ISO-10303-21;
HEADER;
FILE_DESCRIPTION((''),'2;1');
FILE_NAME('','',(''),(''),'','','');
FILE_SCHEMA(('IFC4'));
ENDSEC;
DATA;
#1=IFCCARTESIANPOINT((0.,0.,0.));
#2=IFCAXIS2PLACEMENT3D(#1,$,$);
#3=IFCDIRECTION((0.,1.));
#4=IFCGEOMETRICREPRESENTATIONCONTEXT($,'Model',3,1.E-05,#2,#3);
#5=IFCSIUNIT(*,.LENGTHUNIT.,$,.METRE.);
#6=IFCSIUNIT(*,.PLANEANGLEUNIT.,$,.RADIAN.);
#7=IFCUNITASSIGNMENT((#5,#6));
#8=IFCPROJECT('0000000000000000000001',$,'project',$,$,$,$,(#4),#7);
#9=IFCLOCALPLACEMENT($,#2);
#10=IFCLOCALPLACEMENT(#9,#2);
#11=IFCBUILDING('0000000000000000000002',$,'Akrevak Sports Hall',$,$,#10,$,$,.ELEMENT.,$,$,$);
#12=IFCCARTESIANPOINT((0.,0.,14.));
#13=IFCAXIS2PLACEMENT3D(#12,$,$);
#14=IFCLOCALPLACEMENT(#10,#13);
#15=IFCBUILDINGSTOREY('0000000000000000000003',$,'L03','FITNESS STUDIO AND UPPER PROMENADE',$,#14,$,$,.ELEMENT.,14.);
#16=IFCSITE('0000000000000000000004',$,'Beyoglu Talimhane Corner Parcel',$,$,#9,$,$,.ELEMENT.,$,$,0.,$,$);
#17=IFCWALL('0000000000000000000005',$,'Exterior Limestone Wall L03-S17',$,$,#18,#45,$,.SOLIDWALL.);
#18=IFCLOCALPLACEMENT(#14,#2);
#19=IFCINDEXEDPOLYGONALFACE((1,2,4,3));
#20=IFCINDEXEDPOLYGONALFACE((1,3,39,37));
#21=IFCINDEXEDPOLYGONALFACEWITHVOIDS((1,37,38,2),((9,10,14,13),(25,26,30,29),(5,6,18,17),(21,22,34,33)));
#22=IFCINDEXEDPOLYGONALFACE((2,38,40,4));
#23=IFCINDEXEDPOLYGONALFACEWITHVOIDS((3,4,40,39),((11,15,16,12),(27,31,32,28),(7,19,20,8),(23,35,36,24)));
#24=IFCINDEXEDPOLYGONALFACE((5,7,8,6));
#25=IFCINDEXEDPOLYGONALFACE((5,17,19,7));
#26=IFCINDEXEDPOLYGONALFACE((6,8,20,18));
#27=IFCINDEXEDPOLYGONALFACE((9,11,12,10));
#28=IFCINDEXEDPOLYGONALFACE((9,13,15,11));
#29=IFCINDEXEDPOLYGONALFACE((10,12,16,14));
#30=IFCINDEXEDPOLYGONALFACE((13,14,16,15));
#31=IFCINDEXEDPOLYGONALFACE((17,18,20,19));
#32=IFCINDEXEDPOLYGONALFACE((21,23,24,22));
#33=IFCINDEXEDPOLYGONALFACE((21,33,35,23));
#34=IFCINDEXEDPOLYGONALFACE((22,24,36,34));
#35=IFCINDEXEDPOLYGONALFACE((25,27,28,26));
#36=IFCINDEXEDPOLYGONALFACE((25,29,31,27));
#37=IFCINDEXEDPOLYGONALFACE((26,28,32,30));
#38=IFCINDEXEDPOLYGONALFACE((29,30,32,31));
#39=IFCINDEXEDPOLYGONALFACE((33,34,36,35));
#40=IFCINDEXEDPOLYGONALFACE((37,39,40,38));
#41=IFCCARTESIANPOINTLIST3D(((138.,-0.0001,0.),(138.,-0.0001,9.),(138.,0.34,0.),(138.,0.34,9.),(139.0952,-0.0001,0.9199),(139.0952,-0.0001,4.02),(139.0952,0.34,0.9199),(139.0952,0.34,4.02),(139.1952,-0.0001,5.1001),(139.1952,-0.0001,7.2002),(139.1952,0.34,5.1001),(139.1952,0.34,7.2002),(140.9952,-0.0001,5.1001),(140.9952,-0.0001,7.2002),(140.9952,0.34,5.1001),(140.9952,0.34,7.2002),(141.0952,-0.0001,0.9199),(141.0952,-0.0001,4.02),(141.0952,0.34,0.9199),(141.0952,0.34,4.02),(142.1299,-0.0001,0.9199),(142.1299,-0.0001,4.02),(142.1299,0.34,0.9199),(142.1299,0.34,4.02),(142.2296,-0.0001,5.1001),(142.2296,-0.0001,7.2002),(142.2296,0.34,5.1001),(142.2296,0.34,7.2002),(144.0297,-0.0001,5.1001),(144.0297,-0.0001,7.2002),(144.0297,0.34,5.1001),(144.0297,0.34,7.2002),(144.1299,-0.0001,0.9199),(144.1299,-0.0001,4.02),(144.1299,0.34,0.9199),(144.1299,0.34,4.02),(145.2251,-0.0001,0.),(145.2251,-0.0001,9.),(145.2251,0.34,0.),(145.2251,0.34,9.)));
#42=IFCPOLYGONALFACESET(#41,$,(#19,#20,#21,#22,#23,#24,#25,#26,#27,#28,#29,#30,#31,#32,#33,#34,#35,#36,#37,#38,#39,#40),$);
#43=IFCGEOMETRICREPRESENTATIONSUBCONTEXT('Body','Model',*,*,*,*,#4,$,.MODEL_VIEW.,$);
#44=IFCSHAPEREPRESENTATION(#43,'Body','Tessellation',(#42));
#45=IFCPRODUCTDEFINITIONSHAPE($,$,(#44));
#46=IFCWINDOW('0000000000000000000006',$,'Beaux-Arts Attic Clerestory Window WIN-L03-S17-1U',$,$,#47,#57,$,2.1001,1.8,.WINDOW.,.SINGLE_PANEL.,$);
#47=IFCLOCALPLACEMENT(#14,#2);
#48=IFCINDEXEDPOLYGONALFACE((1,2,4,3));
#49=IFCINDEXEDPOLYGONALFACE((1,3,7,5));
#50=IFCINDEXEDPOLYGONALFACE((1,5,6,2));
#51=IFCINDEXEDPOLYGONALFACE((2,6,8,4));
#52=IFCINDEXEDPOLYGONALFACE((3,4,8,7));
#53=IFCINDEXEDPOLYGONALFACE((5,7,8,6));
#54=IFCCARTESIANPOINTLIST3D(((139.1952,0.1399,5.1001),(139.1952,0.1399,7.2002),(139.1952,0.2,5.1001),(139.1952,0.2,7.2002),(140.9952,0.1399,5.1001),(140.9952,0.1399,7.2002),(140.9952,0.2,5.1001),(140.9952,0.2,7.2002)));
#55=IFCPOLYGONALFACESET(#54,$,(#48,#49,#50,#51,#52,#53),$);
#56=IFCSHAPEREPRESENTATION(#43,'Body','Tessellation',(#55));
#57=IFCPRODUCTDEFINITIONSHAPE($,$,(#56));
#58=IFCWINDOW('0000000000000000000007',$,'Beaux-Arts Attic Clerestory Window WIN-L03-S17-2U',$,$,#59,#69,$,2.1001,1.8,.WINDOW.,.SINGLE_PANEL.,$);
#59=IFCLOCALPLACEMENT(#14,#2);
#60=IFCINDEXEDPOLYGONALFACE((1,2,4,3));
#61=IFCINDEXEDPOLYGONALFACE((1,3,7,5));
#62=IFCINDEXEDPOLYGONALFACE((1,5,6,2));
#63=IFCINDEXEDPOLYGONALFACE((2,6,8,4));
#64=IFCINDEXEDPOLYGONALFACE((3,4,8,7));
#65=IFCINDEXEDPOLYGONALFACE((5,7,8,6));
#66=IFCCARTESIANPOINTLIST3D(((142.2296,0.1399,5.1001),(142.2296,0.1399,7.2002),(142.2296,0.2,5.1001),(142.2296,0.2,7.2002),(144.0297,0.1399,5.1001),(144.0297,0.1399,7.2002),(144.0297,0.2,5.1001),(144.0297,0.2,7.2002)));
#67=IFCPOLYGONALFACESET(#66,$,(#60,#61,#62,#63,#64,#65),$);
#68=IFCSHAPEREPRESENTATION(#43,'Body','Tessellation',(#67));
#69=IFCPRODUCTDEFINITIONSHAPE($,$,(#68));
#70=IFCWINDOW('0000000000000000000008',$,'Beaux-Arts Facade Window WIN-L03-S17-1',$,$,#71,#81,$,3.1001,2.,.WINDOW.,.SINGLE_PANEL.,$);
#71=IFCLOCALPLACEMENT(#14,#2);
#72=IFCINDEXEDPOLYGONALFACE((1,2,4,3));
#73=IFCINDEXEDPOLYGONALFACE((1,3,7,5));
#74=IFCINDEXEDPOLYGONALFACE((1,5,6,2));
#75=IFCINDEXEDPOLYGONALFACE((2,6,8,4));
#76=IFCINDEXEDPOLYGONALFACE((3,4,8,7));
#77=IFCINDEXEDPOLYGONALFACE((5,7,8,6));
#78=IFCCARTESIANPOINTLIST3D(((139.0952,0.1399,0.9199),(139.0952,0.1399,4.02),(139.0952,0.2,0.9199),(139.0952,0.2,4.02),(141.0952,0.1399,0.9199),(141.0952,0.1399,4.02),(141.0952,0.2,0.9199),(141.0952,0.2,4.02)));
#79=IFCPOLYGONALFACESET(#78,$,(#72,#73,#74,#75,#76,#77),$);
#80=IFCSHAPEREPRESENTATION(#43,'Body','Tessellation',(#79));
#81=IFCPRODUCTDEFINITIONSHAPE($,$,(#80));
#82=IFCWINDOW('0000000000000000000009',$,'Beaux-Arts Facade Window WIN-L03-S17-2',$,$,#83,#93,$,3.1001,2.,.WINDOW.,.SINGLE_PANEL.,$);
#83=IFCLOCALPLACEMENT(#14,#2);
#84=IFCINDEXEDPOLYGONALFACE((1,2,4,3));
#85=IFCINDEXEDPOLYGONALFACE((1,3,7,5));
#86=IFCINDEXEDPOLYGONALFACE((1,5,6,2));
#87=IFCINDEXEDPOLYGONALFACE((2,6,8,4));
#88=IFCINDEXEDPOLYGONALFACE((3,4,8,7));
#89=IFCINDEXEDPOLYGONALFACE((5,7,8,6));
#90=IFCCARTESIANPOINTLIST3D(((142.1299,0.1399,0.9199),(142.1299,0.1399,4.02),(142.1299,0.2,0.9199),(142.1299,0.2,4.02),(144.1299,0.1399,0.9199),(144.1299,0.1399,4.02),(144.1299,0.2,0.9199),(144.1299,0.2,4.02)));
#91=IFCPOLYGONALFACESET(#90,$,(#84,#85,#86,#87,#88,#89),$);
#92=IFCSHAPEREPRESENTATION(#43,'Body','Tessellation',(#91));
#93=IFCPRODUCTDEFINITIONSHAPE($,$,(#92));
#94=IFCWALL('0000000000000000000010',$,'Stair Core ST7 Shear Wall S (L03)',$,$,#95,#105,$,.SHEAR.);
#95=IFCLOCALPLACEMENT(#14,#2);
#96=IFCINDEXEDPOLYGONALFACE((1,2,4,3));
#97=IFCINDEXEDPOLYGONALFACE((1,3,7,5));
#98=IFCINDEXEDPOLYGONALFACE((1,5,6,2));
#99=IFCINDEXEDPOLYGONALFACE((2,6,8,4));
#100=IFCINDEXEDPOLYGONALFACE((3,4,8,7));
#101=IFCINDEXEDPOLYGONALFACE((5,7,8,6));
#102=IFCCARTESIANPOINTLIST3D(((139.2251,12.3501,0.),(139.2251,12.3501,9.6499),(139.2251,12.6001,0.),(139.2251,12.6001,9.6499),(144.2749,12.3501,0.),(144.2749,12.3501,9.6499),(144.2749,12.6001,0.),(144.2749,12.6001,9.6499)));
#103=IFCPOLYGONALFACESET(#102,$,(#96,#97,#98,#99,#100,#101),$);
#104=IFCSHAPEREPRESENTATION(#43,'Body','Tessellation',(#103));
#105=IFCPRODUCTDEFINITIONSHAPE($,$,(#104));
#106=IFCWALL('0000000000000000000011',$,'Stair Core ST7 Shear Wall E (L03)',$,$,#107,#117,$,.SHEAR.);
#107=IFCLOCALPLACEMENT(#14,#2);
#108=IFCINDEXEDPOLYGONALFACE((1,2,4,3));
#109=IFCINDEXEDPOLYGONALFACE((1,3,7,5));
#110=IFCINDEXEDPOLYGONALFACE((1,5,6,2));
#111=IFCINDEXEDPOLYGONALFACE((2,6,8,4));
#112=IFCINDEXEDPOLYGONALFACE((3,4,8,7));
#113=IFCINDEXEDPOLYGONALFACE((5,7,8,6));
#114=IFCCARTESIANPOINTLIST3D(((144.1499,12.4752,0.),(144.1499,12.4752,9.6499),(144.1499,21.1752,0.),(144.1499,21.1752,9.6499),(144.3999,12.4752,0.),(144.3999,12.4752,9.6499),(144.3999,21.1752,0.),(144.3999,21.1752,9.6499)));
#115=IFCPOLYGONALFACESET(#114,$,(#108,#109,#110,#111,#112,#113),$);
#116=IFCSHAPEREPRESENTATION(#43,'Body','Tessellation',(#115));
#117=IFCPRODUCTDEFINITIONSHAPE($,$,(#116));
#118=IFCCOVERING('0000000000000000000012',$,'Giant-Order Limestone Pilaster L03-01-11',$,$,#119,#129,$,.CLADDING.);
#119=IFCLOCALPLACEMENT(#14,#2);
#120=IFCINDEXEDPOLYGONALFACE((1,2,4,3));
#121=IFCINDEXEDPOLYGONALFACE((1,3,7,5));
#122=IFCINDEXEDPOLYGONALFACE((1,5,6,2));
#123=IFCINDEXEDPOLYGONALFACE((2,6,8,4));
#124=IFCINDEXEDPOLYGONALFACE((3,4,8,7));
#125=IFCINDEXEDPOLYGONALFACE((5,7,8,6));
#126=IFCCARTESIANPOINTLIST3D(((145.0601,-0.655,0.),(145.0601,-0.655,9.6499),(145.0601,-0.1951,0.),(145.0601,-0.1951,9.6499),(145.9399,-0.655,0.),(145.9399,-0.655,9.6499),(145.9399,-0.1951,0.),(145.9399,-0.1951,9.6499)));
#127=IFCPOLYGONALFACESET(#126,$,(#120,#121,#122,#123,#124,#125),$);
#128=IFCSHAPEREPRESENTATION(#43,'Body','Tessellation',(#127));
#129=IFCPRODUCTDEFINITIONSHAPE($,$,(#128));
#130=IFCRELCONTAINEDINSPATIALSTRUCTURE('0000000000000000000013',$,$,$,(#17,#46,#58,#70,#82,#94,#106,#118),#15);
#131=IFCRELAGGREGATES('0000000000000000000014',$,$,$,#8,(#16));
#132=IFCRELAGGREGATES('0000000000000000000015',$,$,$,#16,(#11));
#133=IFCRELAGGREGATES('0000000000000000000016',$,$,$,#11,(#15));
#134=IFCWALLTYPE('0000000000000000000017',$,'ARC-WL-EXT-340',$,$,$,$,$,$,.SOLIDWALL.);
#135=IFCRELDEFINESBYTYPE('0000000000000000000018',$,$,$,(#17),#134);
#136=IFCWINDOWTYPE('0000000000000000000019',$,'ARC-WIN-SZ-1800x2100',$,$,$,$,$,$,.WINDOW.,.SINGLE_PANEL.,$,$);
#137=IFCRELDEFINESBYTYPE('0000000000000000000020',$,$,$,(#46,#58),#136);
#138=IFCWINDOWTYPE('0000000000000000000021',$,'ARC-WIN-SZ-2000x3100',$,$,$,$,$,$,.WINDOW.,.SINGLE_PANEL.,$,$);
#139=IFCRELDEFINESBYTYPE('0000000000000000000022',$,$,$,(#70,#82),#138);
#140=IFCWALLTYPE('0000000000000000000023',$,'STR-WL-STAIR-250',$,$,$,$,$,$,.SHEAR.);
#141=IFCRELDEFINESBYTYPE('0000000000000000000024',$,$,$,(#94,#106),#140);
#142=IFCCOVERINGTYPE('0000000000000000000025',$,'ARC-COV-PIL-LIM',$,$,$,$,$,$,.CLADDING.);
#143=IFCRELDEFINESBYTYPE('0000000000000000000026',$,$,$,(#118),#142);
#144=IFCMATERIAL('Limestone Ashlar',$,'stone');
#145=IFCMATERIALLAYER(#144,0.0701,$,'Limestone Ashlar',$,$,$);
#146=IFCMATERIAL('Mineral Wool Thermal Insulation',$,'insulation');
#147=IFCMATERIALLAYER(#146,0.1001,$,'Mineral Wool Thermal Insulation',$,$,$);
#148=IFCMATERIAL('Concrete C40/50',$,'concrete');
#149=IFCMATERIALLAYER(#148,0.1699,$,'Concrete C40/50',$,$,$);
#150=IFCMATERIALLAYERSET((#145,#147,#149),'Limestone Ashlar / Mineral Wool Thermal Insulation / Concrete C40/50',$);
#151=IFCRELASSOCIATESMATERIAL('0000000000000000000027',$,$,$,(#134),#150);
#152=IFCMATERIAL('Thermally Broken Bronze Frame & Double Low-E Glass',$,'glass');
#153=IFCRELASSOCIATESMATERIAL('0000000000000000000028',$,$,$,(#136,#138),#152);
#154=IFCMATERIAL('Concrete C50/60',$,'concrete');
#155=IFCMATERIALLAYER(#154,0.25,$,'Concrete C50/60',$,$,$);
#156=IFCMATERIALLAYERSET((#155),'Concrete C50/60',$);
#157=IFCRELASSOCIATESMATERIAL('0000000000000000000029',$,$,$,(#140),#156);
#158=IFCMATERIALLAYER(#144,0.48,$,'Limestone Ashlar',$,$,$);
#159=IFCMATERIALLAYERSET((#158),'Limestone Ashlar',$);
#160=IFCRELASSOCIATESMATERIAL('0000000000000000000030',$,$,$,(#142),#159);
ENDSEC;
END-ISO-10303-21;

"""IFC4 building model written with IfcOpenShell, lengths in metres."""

from ifc_helpers import new_model, si_unit, direction, frame, frame_2d, origin, origin_2d, place, context, subcontext, project, spatial, rectangle, extrude, material, layer, layer_set, type_object, element, fill, save


model = new_model("IFC4")

# Units and contexts
model_context = context("Model", 3, precision=1e-05, world=origin(), true_north=direction((0.0, 1.0)))
body_context = subcontext(model_context, "Body", "Model", "MODEL_VIEW")
ifc_project = project(units=[si_unit("LENGTHUNIT", "METRE"), si_unit("PLANEANGLEUNIT", "RADIAN")], contexts=[model_context])

# Site, building, storey
site_placement = place(None, origin())
site = spatial("IfcSite", under=ifc_project, at=site_placement, Name="Beyoglu Talimhane Corner Parcel", CompositionType="ELEMENT", RefElevation=0.0)
building_placement = place(site_placement, origin())
building = spatial("IfcBuilding", under=site, at=building_placement, Name="Akrevak Sports Hall", CompositionType="ELEMENT")
storey_placement = place(building_placement, frame((0.0, 0.0, 14.0)))
storey = spatial("IfcBuildingStorey", under=building, at=storey_placement, Name="L03", Description="FITNESS STUDIO AND UPPER PROMENADE", CompositionType="ELEMENT", Elevation=14.0)

# Shared definitions
ifc_material_1 = material(Name="Concrete C40/50", Category="concrete")

# Shared definitions
ifc_material_2 = material(Name="Concrete C50/60", Category="concrete")

# Wall, openings, windows
ifc_material_3 = material(Name="Limestone Ashlar", Category="stone")
ifc_layer_1 = layer(ifc_material_3, 0.0701, Name="Limestone Ashlar")
ifc_material_4 = material(Name="Mineral Wool Thermal Insulation", Category="insulation")
ifc_layer_2 = layer(ifc_material_4, 0.1001, Name="Mineral Wool Thermal Insulation")
ifc_layer_3 = layer(ifc_material_1, 0.1699, Name="Concrete C40/50")
ifc_layer_set_1 = layer_set([ifc_layer_1, ifc_layer_2, ifc_layer_3], Name="Limestone Ashlar / Mineral Wool Thermal Insulation / Concrete C40/50")
wall_type_1 = type_object("IfcWallType", Name="ARC-WL-EXT-340", PredefinedType="SOLIDWALL", material=ifc_layer_set_1)
ifc_material_5 = material(Name="Thermally Broken Bronze Frame & Double Low-E Glass", Category="glass")
window_type_1 = type_object("IfcWindowType", Name="ARC-WIN-SZ-1800x2100", PartitioningType="SINGLE_PANEL", PredefinedType="WINDOW", material=ifc_material_5)
window_type_2 = type_object("IfcWindowType", Name="ARC-WIN-SZ-2000x3100", PartitioningType="SINGLE_PANEL", PredefinedType="WINDOW", material=ifc_material_5)
wall_1_placement = place(storey_placement, frame((138.0, 0.1699, 0.0), z_axis=(0.0, 0.0, 1.0), x_axis=(1.0, 0.0, 0.0)))
wall_1 = element("IfcWall", 1, at=wall_1_placement, inside=storey, type_object=wall_type_1, Name="Exterior Limestone Wall L03-S17", PredefinedType="SOLIDWALL", context=body_context, shape_type="SweptSolid", body=[
    extrude(rectangle(XDim=7.2251, YDim=0.3401, at=frame_2d((3.6125, 0.0))), origin(), (0.0, 0.0, 1.0), 9.0),
])
opening_1_placement = place(wall_1_placement, frame((1.0952, 0.0, 0.9199)))
opening_1 = element("IfcOpeningElement", 2, at=opening_1_placement, cuts=wall_1, PredefinedType="OPENING", context=body_context, shape_type="SweptSolid", body=[
    extrude(rectangle(XDim=2.0, YDim=3.1001, at=frame_2d((1.0, 1.55))), frame((0.0, 0.1821, 0.0), z_axis=(0.0, -1.0, 0.0), x_axis=(1.0, 0.0, 0.0)), (0.0, 0.0, 1.0), 0.364),
])
opening_2_placement = place(wall_1_placement, frame((1.1953, 0.0, 5.1001)))
opening_2 = element("IfcOpeningElement", 3, at=opening_2_placement, cuts=wall_1, PredefinedType="OPENING", context=body_context, shape_type="SweptSolid", body=[
    extrude(rectangle(XDim=1.8, YDim=2.1001, at=frame_2d((0.8999, 1.05))), frame((0.0, 0.1821, 0.0), z_axis=(0.0, -1.0, 0.0), x_axis=(1.0, 0.0, 0.0)), (0.0, 0.0, 1.0), 0.364),
])
opening_3_placement = place(wall_1_placement, frame((4.1299, 0.0, 0.9199)))
opening_3 = element("IfcOpeningElement", 4, at=opening_3_placement, cuts=wall_1, PredefinedType="OPENING", context=body_context, shape_type="SweptSolid", body=[
    extrude(rectangle(XDim=2.0, YDim=3.1001, at=frame_2d((1.0, 1.55))), frame((0.0, 0.1821, 0.0), z_axis=(0.0, -1.0, 0.0), x_axis=(1.0, 0.0, 0.0)), (0.0, 0.0, 1.0), 0.364),
])
opening_4_placement = place(wall_1_placement, frame((4.2297, 0.0, 5.1001)))
opening_4 = element("IfcOpeningElement", 5, at=opening_4_placement, cuts=wall_1, PredefinedType="OPENING", context=body_context, shape_type="SweptSolid", body=[
    extrude(rectangle(XDim=1.8, YDim=2.1001, at=frame_2d((0.8999, 1.05))), frame((0.0, 0.1821, 0.0), z_axis=(0.0, -1.0, 0.0), x_axis=(1.0, 0.0, 0.0)), (0.0, 0.0, 1.0), 0.364),
])
window_1_placement = place(opening_2_placement, origin())
window_1 = element("IfcWindow", 6, at=window_1_placement, inside=storey, type_object=window_type_1, Name="Beaux-Arts Attic Clerestory Window WIN-L03-S17-1U", OverallHeight=2.1001, OverallWidth=1.8, PartitioningType="SINGLE_PANEL", PredefinedType="WINDOW", context=body_context, shape_type="SweptSolid", body=[
    extrude(rectangle(XDim=1.8, YDim=2.1001, at=frame_2d((0.8999, 1.05))), frame((0.0, 0.03, 0.0), z_axis=(0.0, -1.0, 0.0), x_axis=(1.0, 0.0, 0.0)), (0.0, 0.0, 1.0), 0.0601),
])
fill(opening_2, window_1)
window_2_placement = place(opening_4_placement, origin())
window_2 = element("IfcWindow", 7, at=window_2_placement, inside=storey, type_object=window_type_1, Name="Beaux-Arts Attic Clerestory Window WIN-L03-S17-2U", OverallHeight=2.1001, OverallWidth=1.8, PartitioningType="SINGLE_PANEL", PredefinedType="WINDOW", context=body_context, shape_type="SweptSolid", body=[
    extrude(rectangle(XDim=1.8, YDim=2.1001, at=frame_2d((0.8999, 1.05))), frame((0.0, 0.03, 0.0), z_axis=(0.0, -1.0, 0.0), x_axis=(1.0, 0.0, 0.0)), (0.0, 0.0, 1.0), 0.0601),
])
fill(opening_4, window_2)
window_3_placement = place(opening_1_placement, origin())
window_3 = element("IfcWindow", 8, at=window_3_placement, inside=storey, type_object=window_type_2, Name="Beaux-Arts Facade Window WIN-L03-S17-1", OverallHeight=3.1001, OverallWidth=2.0, PartitioningType="SINGLE_PANEL", PredefinedType="WINDOW", context=body_context, shape_type="SweptSolid", body=[
    extrude(rectangle(XDim=2.0, YDim=3.1001, at=frame_2d((1.0, 1.55))), frame((0.0, 0.03, 0.0), z_axis=(0.0, -1.0, 0.0), x_axis=(1.0, 0.0, 0.0)), (0.0, 0.0, 1.0), 0.0601),
])
fill(opening_1, window_3)
window_4_placement = place(opening_3_placement, origin())
window_4 = element("IfcWindow", 9, at=window_4_placement, inside=storey, type_object=window_type_2, Name="Beaux-Arts Facade Window WIN-L03-S17-2", OverallHeight=3.1001, OverallWidth=2.0, PartitioningType="SINGLE_PANEL", PredefinedType="WINDOW", context=body_context, shape_type="SweptSolid", body=[
    extrude(rectangle(XDim=2.0, YDim=3.1001, at=frame_2d((1.0, 1.55))), frame((0.0, 0.03, 0.0), z_axis=(0.0, -1.0, 0.0), x_axis=(1.0, 0.0, 0.0)), (0.0, 0.0, 1.0), 0.0601),
])
fill(opening_3, window_4)

# Walls
ifc_layer_4 = layer(ifc_material_2, 0.25, Name="Concrete C50/60")
ifc_layer_set_2 = layer_set([ifc_layer_4], Name="Concrete C50/60")
wall_type_2 = type_object("IfcWallType", Name="STR-WL-STAIR-250", PredefinedType="SHEAR", material=ifc_layer_set_2)
wall_2_placement = place(storey_placement, frame((139.2251, 12.4751, 0.0), z_axis=(0.0, 0.0, 1.0), x_axis=(1.0, 0.0, 0.0)))
element("IfcWall", 10, at=wall_2_placement, inside=storey, type_object=wall_type_2, Name="Stair Core ST7 Shear Wall S (L03)", PredefinedType="SHEAR", context=body_context, shape_type="SweptSolid", body=[
    extrude(rectangle(XDim=5.0498, YDim=0.25, at=frame_2d((2.5249, 0.0))), origin(), (0.0, 0.0, 1.0), 9.6499),
])
wall_3_placement = place(storey_placement, frame((144.2749, 12.4751, 0.0), z_axis=(0.0, 0.0, 1.0), x_axis=(0.0, 1.0, 0.0)))
element("IfcWall", 11, at=wall_3_placement, inside=storey, type_object=wall_type_2, Name="Stair Core ST7 Shear Wall E (L03)", PredefinedType="SHEAR", context=body_context, shape_type="SweptSolid", body=[
    extrude(rectangle(XDim=8.7, YDim=0.25, at=frame_2d((4.3501, 0.0))), origin(), (0.0, 0.0, 1.0), 9.6499),
])

# Covering
ifc_layer_5 = layer(ifc_material_3, 0.48, Name="Limestone Ashlar")
ifc_layer_set_3 = layer_set([ifc_layer_5], Name="Limestone Ashlar")
covering_type = type_object("IfcCoveringType", Name="ARC-COV-PIL-LIM", PredefinedType="CLADDING", material=ifc_layer_set_3)
covering_placement = place(storey_placement, frame((145.5, -0.425, 0.0), z_axis=(0.0, 0.0, 1.0), x_axis=(1.0, 0.0, 0.0)))
element("IfcCovering", 12, at=covering_placement, inside=storey, type_object=covering_type, Name="Giant-Order Limestone Pilaster L03-01-11", PredefinedType="CLADDING", context=body_context, shape_type="SweptSolid", body=[
    extrude(rectangle(XDim=0.8799, YDim=0.46, at=origin_2d()), origin(), (0.0, 0.0, 1.0), 9.6499),
])

save(model, "model.ifc")
